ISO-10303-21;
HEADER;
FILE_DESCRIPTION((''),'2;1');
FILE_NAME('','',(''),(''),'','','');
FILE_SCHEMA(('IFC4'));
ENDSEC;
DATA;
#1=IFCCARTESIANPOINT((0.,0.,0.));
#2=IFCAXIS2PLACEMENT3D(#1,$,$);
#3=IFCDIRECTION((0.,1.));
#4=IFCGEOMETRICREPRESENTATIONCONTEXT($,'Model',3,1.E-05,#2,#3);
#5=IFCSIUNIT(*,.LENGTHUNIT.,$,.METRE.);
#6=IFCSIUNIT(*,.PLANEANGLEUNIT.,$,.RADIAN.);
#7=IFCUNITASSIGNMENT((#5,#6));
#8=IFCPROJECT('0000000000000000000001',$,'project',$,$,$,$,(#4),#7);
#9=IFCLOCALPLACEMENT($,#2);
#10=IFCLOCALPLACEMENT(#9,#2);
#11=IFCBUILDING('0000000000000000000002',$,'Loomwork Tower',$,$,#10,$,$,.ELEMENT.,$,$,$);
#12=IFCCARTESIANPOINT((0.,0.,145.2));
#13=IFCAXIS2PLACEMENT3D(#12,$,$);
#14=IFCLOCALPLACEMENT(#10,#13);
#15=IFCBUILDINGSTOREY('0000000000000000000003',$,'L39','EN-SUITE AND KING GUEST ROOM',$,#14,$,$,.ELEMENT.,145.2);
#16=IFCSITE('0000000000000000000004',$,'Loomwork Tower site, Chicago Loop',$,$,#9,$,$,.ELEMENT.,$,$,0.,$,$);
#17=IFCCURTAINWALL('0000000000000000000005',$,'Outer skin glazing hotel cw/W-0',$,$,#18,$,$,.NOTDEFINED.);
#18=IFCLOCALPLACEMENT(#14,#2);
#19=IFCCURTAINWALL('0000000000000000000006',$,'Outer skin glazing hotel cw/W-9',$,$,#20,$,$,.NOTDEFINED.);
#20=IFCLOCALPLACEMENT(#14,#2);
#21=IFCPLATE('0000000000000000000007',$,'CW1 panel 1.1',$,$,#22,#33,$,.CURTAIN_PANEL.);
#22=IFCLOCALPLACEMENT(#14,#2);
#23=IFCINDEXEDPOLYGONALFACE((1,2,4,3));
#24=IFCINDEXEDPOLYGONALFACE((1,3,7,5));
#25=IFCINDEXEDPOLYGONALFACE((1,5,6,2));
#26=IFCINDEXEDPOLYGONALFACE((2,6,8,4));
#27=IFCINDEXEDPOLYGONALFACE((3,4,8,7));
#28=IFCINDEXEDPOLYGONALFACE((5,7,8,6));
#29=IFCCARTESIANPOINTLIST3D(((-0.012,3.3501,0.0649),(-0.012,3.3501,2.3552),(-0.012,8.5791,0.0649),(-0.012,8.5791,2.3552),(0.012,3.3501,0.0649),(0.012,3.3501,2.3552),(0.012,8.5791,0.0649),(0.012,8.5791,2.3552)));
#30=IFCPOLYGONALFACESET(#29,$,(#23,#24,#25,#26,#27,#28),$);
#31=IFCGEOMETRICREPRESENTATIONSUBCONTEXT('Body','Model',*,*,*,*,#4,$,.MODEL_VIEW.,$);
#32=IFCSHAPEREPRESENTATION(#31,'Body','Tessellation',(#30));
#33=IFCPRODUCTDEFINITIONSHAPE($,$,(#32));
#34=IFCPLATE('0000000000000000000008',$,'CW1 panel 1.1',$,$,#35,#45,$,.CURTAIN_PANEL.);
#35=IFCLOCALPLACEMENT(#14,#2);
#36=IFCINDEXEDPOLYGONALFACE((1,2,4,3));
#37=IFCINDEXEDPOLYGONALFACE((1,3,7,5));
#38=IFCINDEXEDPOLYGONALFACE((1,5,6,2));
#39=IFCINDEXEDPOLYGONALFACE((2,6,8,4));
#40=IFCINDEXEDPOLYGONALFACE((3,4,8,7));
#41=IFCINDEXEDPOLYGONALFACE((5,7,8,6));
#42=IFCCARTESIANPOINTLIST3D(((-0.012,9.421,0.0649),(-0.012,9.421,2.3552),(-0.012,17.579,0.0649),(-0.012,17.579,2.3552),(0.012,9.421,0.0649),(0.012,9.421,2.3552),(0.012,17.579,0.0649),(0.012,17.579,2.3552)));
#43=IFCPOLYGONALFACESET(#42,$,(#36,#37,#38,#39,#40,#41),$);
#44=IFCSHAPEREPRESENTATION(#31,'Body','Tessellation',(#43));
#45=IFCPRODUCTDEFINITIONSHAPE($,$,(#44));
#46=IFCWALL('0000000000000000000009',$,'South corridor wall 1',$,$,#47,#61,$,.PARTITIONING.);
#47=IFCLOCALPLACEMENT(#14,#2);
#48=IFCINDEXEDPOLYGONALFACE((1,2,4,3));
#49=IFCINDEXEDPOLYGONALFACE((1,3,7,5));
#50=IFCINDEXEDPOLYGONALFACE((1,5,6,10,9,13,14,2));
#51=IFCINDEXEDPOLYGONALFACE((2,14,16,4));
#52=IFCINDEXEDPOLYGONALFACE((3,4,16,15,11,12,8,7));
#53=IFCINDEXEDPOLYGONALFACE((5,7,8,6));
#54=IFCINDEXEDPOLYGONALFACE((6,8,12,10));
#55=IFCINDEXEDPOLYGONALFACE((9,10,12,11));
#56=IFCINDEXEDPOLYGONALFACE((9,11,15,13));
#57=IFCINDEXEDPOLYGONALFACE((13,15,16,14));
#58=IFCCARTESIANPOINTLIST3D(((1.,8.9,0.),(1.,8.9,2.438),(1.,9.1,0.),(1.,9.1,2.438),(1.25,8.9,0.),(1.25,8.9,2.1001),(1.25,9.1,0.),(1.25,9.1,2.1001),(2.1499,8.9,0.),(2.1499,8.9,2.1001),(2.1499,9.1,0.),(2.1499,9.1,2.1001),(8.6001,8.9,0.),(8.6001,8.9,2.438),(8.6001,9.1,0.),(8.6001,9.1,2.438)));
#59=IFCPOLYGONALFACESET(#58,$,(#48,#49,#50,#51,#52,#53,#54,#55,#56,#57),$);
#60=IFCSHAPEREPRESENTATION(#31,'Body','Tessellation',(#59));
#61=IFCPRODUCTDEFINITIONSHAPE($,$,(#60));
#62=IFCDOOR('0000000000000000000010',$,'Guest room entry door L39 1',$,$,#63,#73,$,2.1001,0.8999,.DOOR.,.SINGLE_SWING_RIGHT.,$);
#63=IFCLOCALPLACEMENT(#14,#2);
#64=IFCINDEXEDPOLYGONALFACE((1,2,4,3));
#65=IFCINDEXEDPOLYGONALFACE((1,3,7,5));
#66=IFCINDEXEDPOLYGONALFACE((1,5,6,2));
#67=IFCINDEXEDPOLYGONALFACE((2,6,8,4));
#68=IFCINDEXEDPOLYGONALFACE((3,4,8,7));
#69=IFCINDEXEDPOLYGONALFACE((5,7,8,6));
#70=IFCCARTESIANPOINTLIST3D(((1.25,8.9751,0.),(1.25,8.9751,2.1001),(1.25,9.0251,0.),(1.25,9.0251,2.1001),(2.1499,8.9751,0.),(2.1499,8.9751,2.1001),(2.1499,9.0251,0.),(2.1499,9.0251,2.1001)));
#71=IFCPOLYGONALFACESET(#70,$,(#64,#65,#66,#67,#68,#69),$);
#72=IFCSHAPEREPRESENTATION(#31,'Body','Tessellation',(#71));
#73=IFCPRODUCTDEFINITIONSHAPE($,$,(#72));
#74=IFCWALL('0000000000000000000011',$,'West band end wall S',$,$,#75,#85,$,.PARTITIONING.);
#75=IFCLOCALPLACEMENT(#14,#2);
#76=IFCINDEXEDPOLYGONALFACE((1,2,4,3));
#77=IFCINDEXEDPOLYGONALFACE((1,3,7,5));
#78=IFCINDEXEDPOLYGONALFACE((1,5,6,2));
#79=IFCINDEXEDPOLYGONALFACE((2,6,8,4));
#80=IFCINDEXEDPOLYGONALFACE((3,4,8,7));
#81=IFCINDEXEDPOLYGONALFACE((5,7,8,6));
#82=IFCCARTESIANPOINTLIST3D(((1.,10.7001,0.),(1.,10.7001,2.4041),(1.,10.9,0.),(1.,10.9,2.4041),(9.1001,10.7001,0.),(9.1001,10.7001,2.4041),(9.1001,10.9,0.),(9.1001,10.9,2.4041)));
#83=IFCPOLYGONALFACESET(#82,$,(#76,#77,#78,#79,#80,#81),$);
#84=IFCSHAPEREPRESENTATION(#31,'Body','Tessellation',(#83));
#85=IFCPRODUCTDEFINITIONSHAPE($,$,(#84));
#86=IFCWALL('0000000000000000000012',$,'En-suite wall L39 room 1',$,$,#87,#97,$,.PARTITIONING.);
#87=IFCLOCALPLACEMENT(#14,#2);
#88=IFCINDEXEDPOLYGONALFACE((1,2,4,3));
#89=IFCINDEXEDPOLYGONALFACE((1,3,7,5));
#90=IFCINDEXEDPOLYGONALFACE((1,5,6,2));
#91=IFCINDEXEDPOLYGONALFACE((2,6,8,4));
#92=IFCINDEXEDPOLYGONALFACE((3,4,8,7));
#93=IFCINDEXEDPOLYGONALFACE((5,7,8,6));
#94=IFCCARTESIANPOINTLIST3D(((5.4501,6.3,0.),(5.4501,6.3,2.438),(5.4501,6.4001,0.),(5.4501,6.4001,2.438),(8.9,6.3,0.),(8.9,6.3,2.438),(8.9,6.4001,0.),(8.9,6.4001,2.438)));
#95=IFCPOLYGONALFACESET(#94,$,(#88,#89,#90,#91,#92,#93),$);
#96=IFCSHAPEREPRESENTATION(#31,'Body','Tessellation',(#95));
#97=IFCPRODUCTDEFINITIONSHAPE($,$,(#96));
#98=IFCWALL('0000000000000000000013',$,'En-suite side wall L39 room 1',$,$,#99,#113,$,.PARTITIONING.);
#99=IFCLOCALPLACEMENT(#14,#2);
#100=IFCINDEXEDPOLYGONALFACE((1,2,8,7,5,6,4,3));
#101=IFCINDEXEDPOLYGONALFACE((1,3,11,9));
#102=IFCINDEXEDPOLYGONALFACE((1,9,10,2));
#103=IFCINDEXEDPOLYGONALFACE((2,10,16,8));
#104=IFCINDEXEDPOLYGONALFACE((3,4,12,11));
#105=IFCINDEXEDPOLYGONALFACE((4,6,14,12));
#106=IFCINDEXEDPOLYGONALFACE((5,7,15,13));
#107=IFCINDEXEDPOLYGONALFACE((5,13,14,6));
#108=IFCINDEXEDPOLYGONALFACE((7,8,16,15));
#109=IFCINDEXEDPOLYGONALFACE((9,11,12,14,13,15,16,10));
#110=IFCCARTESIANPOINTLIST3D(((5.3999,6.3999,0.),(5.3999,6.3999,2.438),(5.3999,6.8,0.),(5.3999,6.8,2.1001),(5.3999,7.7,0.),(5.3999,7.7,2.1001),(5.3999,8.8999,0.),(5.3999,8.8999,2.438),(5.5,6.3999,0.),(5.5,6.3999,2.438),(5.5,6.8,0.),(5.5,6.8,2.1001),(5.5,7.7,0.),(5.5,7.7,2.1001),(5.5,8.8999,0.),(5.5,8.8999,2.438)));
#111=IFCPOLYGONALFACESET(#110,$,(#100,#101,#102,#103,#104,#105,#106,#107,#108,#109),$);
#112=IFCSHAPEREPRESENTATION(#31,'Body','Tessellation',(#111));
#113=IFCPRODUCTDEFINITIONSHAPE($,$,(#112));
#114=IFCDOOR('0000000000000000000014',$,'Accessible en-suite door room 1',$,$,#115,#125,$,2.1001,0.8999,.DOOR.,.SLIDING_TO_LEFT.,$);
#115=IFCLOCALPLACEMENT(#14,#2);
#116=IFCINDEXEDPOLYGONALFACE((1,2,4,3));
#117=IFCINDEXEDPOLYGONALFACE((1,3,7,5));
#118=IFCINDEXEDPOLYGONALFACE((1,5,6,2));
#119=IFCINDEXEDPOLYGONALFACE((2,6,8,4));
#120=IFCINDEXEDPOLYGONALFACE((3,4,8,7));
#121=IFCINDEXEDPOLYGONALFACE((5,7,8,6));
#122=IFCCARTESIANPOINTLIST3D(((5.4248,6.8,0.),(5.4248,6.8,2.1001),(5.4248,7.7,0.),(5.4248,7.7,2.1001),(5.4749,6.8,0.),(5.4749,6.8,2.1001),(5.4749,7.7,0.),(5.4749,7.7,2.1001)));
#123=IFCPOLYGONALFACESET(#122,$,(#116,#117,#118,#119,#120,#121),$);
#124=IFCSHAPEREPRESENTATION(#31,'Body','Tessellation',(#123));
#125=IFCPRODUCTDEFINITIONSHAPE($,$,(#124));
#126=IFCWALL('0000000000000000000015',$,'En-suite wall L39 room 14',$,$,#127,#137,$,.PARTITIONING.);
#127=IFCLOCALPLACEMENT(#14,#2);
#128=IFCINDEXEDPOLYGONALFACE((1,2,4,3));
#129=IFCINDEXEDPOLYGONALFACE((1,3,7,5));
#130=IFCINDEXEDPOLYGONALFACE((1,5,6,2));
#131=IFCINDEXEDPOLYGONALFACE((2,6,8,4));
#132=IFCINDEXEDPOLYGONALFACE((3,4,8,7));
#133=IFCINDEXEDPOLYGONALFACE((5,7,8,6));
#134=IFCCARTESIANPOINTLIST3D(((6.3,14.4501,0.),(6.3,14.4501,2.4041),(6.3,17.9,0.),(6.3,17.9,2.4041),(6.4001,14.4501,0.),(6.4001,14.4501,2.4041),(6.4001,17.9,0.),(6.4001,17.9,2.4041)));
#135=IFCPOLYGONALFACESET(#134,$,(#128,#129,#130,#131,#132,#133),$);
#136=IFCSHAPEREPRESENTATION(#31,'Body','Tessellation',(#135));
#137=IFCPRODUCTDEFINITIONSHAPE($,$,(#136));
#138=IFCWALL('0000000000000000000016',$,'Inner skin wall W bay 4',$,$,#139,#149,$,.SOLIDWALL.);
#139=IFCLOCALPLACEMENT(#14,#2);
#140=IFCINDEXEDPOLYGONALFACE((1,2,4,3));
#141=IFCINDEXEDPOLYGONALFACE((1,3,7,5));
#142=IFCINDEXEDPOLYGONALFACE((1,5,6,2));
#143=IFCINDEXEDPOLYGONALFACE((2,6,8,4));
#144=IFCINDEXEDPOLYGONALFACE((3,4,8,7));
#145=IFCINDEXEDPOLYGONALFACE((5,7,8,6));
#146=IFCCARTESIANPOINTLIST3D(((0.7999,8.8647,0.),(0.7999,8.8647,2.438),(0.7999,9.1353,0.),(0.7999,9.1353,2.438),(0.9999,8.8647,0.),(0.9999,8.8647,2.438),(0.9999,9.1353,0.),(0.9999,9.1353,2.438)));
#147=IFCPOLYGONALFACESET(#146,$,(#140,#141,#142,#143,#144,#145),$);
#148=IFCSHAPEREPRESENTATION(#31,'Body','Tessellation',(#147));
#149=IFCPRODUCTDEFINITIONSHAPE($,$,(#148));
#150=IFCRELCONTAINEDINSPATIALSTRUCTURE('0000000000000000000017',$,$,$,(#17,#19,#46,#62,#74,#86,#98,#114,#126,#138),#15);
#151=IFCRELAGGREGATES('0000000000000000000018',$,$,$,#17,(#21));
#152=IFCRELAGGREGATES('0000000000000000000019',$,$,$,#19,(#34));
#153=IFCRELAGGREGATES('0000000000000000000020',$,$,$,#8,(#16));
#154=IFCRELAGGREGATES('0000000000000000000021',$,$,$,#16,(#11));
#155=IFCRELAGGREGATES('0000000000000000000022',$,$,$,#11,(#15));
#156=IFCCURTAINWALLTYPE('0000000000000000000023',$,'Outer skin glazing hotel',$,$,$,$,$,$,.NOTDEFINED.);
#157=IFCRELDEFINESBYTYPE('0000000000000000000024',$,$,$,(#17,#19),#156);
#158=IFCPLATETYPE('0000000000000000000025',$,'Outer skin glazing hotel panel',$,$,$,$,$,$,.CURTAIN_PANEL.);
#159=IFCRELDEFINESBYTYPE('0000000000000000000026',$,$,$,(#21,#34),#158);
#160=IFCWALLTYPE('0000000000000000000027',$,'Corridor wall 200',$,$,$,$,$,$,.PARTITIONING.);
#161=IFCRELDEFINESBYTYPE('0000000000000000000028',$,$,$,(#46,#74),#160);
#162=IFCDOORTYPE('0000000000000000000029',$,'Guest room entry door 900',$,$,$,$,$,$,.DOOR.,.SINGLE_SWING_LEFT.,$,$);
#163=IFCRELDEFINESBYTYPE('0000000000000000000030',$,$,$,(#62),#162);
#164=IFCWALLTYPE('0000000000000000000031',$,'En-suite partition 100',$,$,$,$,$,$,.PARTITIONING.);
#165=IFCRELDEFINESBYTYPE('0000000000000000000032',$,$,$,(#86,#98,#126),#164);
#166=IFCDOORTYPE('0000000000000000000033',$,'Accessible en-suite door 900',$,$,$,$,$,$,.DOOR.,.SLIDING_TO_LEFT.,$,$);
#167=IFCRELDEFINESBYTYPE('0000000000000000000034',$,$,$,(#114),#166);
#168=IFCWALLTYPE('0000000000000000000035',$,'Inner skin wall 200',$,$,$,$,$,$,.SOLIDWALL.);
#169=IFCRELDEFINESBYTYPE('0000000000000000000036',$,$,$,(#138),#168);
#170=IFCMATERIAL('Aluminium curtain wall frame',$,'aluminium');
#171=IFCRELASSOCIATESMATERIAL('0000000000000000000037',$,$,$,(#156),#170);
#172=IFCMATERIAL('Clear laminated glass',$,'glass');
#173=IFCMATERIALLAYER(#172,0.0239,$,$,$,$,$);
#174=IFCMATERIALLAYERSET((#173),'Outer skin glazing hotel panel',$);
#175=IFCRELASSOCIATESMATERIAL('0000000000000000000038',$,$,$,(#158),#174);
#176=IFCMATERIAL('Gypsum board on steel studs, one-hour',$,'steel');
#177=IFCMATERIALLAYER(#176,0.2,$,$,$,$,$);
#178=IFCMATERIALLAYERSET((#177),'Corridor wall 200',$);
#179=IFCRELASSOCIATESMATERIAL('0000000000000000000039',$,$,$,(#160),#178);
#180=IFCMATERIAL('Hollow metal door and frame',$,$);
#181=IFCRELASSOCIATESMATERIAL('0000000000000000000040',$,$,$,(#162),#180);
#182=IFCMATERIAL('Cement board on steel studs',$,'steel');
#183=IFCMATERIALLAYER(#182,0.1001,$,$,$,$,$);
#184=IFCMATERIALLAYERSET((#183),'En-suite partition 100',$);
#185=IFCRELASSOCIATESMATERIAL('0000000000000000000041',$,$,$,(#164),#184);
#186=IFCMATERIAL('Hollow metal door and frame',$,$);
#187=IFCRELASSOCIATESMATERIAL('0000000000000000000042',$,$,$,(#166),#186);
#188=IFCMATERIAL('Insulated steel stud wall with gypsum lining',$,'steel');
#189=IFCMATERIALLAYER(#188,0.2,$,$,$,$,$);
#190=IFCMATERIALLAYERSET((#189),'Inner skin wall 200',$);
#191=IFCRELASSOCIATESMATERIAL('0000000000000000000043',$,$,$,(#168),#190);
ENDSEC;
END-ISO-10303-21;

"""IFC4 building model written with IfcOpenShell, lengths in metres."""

from ifc_helpers import new_model, si_unit, direction, frame, frame_2d, origin, origin_2d, place, context, subcontext, project, spatial, rectangle, extrude, material, layer, layer_set, type_object, element, fill, aggregate, save


model = new_model("IFC4")

# Units and contexts
model_context = context("Model", 3, precision=1e-05, world=origin(), true_north=direction((0.0, 1.0)))
body_context = subcontext(model_context, "Body", "Model", "MODEL_VIEW")
ifc_project = project(units=[si_unit("LENGTHUNIT", "METRE"), si_unit("PLANEANGLEUNIT", "RADIAN")], contexts=[model_context])

# Site, building, storey
site_placement = place(None, origin())
site = spatial("IfcSite", under=ifc_project, at=site_placement, Name="Loomwork Tower site, Chicago Loop", CompositionType="ELEMENT", RefElevation=0.0)
building_placement = place(site_placement, origin())
building = spatial("IfcBuilding", under=site, at=building_placement, Name="Loomwork Tower", CompositionType="ELEMENT")
storey_placement = place(building_placement, frame((0.0, 0.0, 145.2)))
storey = spatial("IfcBuildingStorey", under=building, at=storey_placement, Name="L39", Description="EN-SUITE AND KING GUEST ROOM", CompositionType="ELEMENT", Elevation=145.2)

# Curtain wall
ifc_material_1 = material(Name="Aluminium curtain wall frame", Category="aluminium")
curtain_wall_type = type_object("IfcCurtainWallType", Name="Outer skin glazing hotel", PredefinedType="NOTDEFINED", material=ifc_material_1)
curtain_wall_1_placement = place(storey_placement, origin())
curtain_wall_1 = element("IfcCurtainWall", 1, at=curtain_wall_1_placement, inside=storey, type_object=curtain_wall_type, Name="Outer skin glazing hotel cw/W-0", PredefinedType="NOTDEFINED")

# Curtain wall
curtain_wall_2_placement = place(storey_placement, origin())
curtain_wall_2 = element("IfcCurtainWall", 2, at=curtain_wall_2_placement, inside=storey, type_object=curtain_wall_type, Name="Outer skin glazing hotel cw/W-9", PredefinedType="NOTDEFINED")

# Plates
ifc_material_2 = material(Name="Clear laminated glass", Category="glass")
ifc_layer_1 = layer(ifc_material_2, 0.0239)
ifc_layer_set_1 = layer_set([ifc_layer_1], Name="Outer skin glazing hotel panel")
plate_type = type_object("IfcPlateType", Name="Outer skin glazing hotel panel", PredefinedType="CURTAIN_PANEL", material=ifc_layer_set_1)
plate_1_placement = place(storey_placement, frame((0.0, 5.9646, 0.0649), z_axis=(0.0, 0.0, 1.0), x_axis=(0.0, -1.0, 0.0)))
plate_1 = element("IfcPlate", 3, at=plate_1_placement, type_object=plate_type, Name="CW1 panel 1.1", PredefinedType="CURTAIN_PANEL", context=body_context, shape_type="SweptSolid", body=[
    extrude(rectangle(XDim=5.229, YDim=0.0239, at=origin_2d()), origin(), (0.0, 0.0, 1.0), 2.2903),
])
aggregate(curtain_wall_1, [plate_1])
plate_2_placement = place(storey_placement, frame((0.0, 13.5, 0.0649), z_axis=(0.0, 0.0, 1.0), x_axis=(0.0, -1.0, 0.0)))
plate_2 = element("IfcPlate", 4, at=plate_2_placement, type_object=plate_type, Name="CW1 panel 1.1", PredefinedType="CURTAIN_PANEL", context=body_context, shape_type="SweptSolid", body=[
    extrude(rectangle(XDim=8.158, YDim=0.0239, at=origin_2d()), origin(), (0.0, 0.0, 1.0), 2.2903),
])
aggregate(curtain_wall_2, [plate_2])

# Wall, opening, door
ifc_material_3 = material(Name="Gypsum board on steel studs, one-hour", Category="steel")
ifc_layer_2 = layer(ifc_material_3, 0.2)
ifc_layer_set_2 = layer_set([ifc_layer_2], Name="Corridor wall 200")
wall_type_1 = type_object("IfcWallType", Name="Corridor wall 200", PredefinedType="PARTITIONING", material=ifc_layer_set_2)
wall_1_placement = place(storey_placement, frame((1.0, 9.0, 0.0), z_axis=(0.0, 0.0, 1.0), x_axis=(1.0, 0.0, 0.0)))
wall_1 = element("IfcWall", 5, at=wall_1_placement, inside=storey, type_object=wall_type_1, Name="South corridor wall 1", PredefinedType="PARTITIONING", context=body_context, shape_type="SweptSolid", body=[
    extrude(rectangle(XDim=7.6001, YDim=0.2, at=frame_2d((3.8, 0.0))), origin(), (0.0, 0.0, 1.0), 2.438),
])
opening_1_placement = place(wall_1_placement, frame((0.25, 0.0, 0.0)))
opening_1 = element("IfcOpeningElement", 6, at=opening_1_placement, cuts=wall_1, PredefinedType="OPENING", context=body_context, shape_type="SweptSolid", body=[
    extrude(rectangle(XDim=0.8999, YDim=2.1001, at=frame_2d((0.45, 1.05))), frame((0.0, 0.1099, 0.0), z_axis=(0.0, -1.0, 0.0), x_axis=(1.0, 0.0, 0.0)), (0.0, 0.0, 1.0), 0.22),
])
ifc_material_4 = material(Name="Hollow metal door and frame")
door_type_1 = type_object("IfcDoorType", Name="Guest room entry door 900", OperationType="SINGLE_SWING_LEFT", PredefinedType="DOOR", material=ifc_material_4)
door_1_placement = place(opening_1_placement, frame((0.8999, 0.0, 0.0), z_axis=(0.0, 0.0, 1.0), x_axis=(-1.0, 0.0, 0.0)))
door_1 = element("IfcDoor", 7, at=door_1_placement, inside=storey, type_object=door_type_1, Name="Guest room entry door L39 1", OperationType="SINGLE_SWING_RIGHT", OverallHeight=2.1001, OverallWidth=0.8999, PredefinedType="DOOR", context=body_context, shape_type="SweptSolid", body=[
    extrude(rectangle(XDim=0.8999, YDim=2.1001, at=frame_2d((0.45, 1.05))), frame((0.0, 0.0249, 0.0), z_axis=(0.0, -1.0, 0.0), x_axis=(1.0, 0.0, 0.0)), (0.0, 0.0, 1.0), 0.05),
])
fill(opening_1, door_1)

# Walls
wall_2_placement = place(storey_placement, frame((1.0, 10.8, 0.0), z_axis=(0.0, 0.0, 1.0), x_axis=(1.0, 0.0, 0.0)))
element("IfcWall", 8, at=wall_2_placement, inside=storey, type_object=wall_type_1, Name="West band end wall S", PredefinedType="PARTITIONING", context=body_context, shape_type="SweptSolid", body=[
    extrude(rectangle(XDim=8.1001, YDim=0.2, at=frame_2d((4.05, 0.0))), origin(), (0.0, 0.0, 1.0), 2.4041),
])
ifc_material_5 = material(Name="Cement board on steel studs", Category="steel")
ifc_layer_3 = layer(ifc_material_5, 0.1001)
ifc_layer_set_3 = layer_set([ifc_layer_3], Name="En-suite partition 100")
wall_type_2 = type_object("IfcWallType", Name="En-suite partition 100", PredefinedType="PARTITIONING", material=ifc_layer_set_3)
wall_3_placement = place(storey_placement, frame((5.45, 6.3501, 0.0), z_axis=(0.0, 0.0, 1.0), x_axis=(1.0, 0.0, 0.0)))
element("IfcWall", 9, at=wall_3_placement, inside=storey, type_object=wall_type_2, Name="En-suite wall L39 room 1", PredefinedType="PARTITIONING", context=body_context, shape_type="SweptSolid", body=[
    extrude(rectangle(XDim=3.45, YDim=0.1001, at=frame_2d((1.7251, 0.0))), origin(), (0.0, 0.0, 1.0), 2.438),
])

# Wall, opening, door
wall_4_placement = place(storey_placement, frame((5.45, 8.8999, 0.0), z_axis=(0.0, 0.0, 1.0), x_axis=(0.0, -1.0, 0.0)))
wall_4 = element("IfcWall", 10, at=wall_4_placement, inside=storey, type_object=wall_type_2, Name="En-suite side wall L39 room 1", PredefinedType="PARTITIONING", context=body_context, shape_type="SweptSolid", body=[
    extrude(rectangle(XDim=2.5, YDim=0.1001, at=frame_2d((1.25, 0.0))), origin(), (0.0, 0.0, 1.0), 2.438),
])
opening_2_placement = place(wall_4_placement, frame((1.2, 0.0, 0.0)))
opening_2 = element("IfcOpeningElement", 11, at=opening_2_placement, cuts=wall_4, PredefinedType="OPENING", context=body_context, shape_type="SweptSolid", body=[
    extrude(rectangle(XDim=0.8999, YDim=2.1001, at=frame_2d((0.45, 1.05))), frame((0.0, 0.0601, 0.0), z_axis=(0.0, -1.0, 0.0), x_axis=(1.0, 0.0, 0.0)), (0.0, 0.0, 1.0), 0.1201),
])
ifc_material_6 = material(Name="Hollow metal door and frame")
door_type_2 = type_object("IfcDoorType", Name="Accessible en-suite door 900", OperationType="SLIDING_TO_LEFT", PredefinedType="DOOR", material=ifc_material_6)
door_2_placement = place(opening_2_placement, origin())
door_2 = element("IfcDoor", 12, at=door_2_placement, inside=storey, type_object=door_type_2, Name="Accessible en-suite door room 1", OperationType="SLIDING_TO_LEFT", OverallHeight=2.1001, OverallWidth=0.8999, PredefinedType="DOOR", context=body_context, shape_type="SweptSolid", body=[
    extrude(rectangle(XDim=0.8999, YDim=2.1001, at=frame_2d((0.45, 1.05))), frame((0.0, 0.0249, 0.0), z_axis=(0.0, -1.0, 0.0), x_axis=(1.0, 0.0, 0.0)), (0.0, 0.0, 1.0), 0.05),
])
fill(opening_2, door_2)

# Walls
wall_5_placement = place(storey_placement, frame((6.3501, 14.45, 0.0), z_axis=(0.0, 0.0, 1.0), x_axis=(0.0, 1.0, 0.0)))
element("IfcWall", 13, at=wall_5_placement, inside=storey, type_object=wall_type_2, Name="En-suite wall L39 room 14", PredefinedType="PARTITIONING", context=body_context, shape_type="SweptSolid", body=[
    extrude(rectangle(XDim=3.45, YDim=0.1001, at=frame_2d((1.7251, 0.0))), origin(), (0.0, 0.0, 1.0), 2.4041),
])
ifc_material_7 = material(Name="Insulated steel stud wall with gypsum lining", Category="steel")
ifc_layer_4 = layer(ifc_material_7, 0.2)
ifc_layer_set_4 = layer_set([ifc_layer_4], Name="Inner skin wall 200")
wall_type_3 = type_object("IfcWallType", Name="Inner skin wall 200", PredefinedType="SOLIDWALL", material=ifc_layer_set_4)
wall_6_placement = place(storey_placement, frame((0.8999, 8.8647, 0.0), z_axis=(0.0, 0.0, 1.0), x_axis=(0.0, 1.0, 0.0)))
element("IfcWall", 14, at=wall_6_placement, inside=storey, type_object=wall_type_3, Name="Inner skin wall W bay 4", PredefinedType="SOLIDWALL", context=body_context, shape_type="SweptSolid", body=[
    extrude(rectangle(XDim=0.2705, YDim=0.2, at=frame_2d((0.1353, 0.0))), origin(), (0.0, 0.0, 1.0), 2.438),
])

save(model, "model.ifc")
